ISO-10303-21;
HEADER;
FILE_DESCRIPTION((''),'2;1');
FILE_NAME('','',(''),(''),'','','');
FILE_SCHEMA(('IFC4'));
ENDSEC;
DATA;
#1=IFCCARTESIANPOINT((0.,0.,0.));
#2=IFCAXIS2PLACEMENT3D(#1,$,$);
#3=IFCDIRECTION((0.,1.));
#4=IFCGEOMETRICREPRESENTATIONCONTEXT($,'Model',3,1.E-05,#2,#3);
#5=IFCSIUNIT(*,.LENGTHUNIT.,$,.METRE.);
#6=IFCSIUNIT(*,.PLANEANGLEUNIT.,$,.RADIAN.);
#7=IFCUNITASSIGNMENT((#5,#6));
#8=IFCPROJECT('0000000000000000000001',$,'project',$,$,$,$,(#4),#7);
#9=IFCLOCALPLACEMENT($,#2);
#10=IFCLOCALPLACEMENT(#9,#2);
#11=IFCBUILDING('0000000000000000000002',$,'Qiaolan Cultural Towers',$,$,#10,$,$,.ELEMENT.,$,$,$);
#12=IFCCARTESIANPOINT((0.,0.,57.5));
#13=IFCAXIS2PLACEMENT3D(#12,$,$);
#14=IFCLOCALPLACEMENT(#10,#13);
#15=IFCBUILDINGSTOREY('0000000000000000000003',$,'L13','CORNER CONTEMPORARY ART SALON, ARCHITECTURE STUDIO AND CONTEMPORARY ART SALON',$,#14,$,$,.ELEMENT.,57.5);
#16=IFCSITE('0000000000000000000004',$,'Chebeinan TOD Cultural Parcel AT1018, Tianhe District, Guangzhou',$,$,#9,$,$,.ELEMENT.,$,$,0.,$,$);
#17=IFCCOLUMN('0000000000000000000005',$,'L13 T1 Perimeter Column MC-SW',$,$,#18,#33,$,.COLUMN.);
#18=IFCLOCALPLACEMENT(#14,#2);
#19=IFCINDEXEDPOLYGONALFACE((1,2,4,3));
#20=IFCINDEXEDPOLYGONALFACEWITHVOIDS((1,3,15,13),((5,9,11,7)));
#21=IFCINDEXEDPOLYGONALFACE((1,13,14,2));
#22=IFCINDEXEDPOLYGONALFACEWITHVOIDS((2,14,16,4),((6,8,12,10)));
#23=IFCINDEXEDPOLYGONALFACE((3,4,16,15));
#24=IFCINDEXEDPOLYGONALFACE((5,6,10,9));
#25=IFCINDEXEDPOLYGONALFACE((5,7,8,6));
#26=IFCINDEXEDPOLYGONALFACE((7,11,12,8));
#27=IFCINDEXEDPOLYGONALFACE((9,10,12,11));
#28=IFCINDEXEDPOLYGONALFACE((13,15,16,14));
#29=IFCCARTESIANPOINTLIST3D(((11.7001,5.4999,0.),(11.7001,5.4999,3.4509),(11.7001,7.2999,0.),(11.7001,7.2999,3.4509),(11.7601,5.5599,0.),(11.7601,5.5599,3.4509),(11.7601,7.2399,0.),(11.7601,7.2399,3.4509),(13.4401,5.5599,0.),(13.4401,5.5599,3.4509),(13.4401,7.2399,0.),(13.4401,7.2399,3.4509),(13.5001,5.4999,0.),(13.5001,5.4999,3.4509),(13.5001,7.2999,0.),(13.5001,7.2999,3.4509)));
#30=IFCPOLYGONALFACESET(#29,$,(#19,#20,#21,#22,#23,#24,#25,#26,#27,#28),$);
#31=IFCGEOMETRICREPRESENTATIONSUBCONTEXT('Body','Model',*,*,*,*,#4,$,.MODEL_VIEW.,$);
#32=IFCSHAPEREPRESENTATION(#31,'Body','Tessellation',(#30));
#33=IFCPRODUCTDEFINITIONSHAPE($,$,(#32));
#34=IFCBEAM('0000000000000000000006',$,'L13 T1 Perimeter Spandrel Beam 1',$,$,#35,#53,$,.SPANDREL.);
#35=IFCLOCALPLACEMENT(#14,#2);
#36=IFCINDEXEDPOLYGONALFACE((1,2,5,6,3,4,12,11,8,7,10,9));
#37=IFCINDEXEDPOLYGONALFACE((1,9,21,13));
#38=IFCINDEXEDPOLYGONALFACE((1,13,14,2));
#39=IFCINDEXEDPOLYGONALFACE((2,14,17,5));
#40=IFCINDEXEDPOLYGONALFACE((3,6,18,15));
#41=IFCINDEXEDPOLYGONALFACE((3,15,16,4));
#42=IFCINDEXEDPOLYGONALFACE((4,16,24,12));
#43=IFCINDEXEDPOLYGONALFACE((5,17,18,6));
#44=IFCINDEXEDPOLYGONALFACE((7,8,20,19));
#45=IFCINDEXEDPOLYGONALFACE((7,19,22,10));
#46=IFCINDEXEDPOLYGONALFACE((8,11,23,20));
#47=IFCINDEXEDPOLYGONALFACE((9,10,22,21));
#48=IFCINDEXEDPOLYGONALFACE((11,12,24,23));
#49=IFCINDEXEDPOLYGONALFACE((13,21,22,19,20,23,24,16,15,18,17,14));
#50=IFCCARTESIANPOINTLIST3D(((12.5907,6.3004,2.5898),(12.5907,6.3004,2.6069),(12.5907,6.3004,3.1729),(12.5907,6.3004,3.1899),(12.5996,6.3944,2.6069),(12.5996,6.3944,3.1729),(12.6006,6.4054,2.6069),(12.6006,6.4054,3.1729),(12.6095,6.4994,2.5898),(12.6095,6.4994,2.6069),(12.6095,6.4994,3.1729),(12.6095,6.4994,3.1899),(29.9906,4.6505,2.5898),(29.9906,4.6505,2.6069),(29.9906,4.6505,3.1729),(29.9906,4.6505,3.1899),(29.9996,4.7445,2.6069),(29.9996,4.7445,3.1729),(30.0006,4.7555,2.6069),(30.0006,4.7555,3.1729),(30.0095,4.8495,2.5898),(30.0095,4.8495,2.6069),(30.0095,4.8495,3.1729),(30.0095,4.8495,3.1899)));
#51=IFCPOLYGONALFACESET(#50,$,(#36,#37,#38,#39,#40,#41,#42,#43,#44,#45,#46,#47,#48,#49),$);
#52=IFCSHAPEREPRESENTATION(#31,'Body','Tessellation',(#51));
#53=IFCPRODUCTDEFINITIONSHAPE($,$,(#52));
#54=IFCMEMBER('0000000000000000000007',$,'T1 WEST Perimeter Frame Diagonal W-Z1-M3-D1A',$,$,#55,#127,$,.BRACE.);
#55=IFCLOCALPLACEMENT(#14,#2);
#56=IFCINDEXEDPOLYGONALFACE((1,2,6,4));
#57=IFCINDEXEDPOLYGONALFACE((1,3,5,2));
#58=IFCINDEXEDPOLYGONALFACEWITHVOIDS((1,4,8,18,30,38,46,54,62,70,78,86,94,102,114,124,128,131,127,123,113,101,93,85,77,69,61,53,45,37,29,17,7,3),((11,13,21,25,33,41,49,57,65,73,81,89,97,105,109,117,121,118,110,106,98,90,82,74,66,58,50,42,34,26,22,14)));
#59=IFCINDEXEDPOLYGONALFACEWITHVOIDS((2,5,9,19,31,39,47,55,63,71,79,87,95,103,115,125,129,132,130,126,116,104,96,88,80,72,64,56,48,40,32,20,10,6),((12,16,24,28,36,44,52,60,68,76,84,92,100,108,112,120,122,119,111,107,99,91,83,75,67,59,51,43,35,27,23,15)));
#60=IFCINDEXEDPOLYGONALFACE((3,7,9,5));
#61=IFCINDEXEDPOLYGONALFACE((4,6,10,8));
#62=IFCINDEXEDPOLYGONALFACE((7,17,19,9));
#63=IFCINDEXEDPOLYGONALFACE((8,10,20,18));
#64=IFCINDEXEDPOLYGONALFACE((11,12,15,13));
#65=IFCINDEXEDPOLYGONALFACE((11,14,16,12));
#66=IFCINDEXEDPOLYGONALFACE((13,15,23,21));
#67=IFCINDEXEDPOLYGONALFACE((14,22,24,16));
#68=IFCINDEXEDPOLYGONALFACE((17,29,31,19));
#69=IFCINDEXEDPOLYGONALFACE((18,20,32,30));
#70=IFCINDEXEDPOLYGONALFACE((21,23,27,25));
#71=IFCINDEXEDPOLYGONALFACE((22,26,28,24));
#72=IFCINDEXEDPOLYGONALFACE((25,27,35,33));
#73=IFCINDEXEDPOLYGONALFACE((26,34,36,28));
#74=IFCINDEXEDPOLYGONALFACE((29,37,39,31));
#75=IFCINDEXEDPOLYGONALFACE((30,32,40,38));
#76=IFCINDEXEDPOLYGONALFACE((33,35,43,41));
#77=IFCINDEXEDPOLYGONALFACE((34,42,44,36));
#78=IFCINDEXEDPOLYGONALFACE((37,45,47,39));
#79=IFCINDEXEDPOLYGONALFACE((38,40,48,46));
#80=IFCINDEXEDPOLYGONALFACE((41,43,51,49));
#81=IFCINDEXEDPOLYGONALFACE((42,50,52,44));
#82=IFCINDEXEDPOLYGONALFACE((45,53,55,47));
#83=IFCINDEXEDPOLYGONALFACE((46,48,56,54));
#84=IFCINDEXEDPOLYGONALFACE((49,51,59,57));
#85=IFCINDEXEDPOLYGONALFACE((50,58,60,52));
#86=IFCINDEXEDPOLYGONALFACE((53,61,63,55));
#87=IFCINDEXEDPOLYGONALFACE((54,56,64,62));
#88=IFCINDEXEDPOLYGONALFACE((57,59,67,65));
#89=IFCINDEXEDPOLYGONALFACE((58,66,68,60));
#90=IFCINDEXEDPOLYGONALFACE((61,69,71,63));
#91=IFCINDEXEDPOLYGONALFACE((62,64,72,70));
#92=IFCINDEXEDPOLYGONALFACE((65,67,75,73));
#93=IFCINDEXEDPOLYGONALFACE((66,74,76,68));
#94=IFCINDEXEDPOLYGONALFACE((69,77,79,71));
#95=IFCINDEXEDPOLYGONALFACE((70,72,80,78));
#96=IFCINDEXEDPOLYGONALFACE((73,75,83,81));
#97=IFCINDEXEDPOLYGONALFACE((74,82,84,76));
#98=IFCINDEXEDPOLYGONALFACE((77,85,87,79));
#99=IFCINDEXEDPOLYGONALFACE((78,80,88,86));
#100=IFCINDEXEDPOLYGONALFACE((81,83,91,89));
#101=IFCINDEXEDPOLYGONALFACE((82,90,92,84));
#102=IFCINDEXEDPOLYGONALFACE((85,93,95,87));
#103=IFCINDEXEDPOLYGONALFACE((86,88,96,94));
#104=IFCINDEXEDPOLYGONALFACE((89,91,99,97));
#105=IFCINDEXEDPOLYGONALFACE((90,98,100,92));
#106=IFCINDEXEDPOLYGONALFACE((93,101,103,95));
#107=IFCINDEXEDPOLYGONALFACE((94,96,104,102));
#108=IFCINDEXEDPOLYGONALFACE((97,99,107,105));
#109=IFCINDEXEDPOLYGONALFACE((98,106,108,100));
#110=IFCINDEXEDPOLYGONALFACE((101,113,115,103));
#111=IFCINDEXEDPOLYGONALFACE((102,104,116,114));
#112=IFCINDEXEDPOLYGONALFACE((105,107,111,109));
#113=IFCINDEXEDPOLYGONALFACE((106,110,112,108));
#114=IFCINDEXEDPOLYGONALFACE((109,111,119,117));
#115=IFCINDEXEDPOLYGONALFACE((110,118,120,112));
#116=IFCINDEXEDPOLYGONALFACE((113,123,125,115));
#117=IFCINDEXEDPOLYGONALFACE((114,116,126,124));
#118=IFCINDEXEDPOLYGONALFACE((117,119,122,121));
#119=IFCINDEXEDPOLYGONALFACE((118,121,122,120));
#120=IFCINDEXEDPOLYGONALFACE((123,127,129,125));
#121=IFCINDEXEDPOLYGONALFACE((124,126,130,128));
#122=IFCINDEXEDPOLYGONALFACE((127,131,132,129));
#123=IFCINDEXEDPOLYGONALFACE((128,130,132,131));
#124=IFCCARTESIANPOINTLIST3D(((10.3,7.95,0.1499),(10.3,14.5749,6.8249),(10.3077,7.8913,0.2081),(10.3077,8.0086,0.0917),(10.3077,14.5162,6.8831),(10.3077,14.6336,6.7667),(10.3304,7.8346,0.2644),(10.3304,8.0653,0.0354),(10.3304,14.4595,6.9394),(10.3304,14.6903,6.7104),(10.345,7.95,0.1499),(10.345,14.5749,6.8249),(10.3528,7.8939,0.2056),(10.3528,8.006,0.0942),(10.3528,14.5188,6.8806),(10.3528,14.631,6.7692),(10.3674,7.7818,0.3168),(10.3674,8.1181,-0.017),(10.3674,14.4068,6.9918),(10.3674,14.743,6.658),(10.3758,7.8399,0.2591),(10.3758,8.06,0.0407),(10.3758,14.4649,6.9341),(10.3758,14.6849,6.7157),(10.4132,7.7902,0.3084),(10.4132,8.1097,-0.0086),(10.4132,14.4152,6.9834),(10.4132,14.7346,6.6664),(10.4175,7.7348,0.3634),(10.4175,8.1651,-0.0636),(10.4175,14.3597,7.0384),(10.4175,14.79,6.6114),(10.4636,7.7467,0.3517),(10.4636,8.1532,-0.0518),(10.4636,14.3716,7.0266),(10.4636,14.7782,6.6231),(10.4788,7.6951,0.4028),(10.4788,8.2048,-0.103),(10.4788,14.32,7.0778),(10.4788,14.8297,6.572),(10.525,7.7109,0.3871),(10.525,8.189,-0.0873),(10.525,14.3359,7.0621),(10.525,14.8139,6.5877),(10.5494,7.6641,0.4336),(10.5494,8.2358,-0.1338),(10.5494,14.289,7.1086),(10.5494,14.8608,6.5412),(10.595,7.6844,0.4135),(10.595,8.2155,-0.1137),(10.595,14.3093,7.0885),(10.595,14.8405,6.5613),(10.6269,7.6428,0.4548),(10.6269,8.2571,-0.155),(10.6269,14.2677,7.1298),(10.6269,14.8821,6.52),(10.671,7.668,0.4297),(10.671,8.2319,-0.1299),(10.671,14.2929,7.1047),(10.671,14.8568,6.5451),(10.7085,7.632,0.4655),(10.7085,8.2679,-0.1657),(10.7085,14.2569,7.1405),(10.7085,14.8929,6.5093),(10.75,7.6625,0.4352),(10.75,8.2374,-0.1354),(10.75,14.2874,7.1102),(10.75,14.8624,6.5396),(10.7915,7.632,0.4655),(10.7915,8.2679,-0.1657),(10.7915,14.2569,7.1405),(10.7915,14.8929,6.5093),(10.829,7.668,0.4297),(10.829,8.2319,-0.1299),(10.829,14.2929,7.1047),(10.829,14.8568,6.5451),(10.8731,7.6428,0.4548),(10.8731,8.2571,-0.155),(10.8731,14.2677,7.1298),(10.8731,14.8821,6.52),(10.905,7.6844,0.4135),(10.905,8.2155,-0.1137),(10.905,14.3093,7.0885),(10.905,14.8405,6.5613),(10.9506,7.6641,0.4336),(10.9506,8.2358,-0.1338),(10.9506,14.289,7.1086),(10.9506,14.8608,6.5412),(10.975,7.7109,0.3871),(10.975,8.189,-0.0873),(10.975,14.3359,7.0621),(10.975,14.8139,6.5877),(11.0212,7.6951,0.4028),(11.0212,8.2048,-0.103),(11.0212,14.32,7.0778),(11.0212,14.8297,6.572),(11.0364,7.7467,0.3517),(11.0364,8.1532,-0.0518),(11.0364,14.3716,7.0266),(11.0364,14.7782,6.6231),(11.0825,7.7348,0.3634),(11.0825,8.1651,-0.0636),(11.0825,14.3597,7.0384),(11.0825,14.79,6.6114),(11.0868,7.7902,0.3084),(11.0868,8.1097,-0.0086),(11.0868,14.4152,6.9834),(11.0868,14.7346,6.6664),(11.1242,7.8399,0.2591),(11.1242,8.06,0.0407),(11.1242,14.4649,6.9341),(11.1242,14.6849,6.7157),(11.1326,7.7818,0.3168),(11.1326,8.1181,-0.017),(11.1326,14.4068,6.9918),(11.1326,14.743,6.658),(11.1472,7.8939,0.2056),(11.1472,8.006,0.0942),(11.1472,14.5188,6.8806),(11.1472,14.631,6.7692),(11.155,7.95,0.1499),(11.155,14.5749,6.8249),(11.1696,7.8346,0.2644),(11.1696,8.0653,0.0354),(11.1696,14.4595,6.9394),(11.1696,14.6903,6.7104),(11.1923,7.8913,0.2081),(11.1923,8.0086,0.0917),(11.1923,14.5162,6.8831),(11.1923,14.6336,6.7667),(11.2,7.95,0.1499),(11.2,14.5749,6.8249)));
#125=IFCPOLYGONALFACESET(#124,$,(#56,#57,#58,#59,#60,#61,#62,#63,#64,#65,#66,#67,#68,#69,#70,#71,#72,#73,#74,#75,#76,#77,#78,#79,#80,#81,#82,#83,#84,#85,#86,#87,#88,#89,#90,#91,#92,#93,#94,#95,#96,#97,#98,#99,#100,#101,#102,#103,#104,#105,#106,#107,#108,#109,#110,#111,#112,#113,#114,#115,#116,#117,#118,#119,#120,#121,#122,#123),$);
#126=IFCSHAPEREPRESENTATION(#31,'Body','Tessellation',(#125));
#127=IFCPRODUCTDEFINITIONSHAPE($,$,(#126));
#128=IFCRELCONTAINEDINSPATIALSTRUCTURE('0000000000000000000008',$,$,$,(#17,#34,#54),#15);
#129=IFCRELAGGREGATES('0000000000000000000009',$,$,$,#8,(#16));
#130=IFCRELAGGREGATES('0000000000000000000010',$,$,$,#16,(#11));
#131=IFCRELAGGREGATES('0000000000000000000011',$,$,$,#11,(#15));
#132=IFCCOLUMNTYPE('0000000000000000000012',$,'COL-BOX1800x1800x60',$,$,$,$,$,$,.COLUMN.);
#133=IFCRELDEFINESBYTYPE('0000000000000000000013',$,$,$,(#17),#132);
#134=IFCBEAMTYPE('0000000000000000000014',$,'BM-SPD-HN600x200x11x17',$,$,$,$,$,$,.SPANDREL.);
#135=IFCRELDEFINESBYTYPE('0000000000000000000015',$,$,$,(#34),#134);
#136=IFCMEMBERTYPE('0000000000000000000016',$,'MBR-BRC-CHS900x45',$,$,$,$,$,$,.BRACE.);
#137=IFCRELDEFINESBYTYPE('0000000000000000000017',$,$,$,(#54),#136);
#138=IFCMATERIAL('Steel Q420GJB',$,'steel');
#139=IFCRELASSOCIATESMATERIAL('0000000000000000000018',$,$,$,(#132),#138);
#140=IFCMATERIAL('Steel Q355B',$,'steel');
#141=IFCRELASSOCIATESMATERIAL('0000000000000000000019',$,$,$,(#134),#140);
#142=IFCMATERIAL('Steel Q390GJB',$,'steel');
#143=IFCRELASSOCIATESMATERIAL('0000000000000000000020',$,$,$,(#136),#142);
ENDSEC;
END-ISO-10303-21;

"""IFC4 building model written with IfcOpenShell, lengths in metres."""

from ifc_helpers import new_model, si_unit, direction, frame, origin, origin_2d, place, context, subcontext, project, spatial, hollow_rectangle, hollow_circle, i_section, extrude, material, material_profile, profile_set, type_object, element, save


model = new_model("IFC4")

# Units and contexts
model_context = context("Model", 3, precision=1e-05, world=origin(), true_north=direction((0.0, 1.0)))
body_context = subcontext(model_context, "Body", "Model", "MODEL_VIEW")
ifc_project = project(units=[si_unit("LENGTHUNIT", "METRE"), si_unit("PLANEANGLEUNIT", "RADIAN")], contexts=[model_context])

# Site, building, storey
site_placement = place(None, origin())
site = spatial("IfcSite", under=ifc_project, at=site_placement, Name="Chebeinan TOD Cultural Parcel AT1018, Tianhe District, Guangzhou", CompositionType="ELEMENT", RefElevation=0.0)
building_placement = place(site_placement, origin())
building = spatial("IfcBuilding", under=site, at=building_placement, Name="Qiaolan Cultural Towers", CompositionType="ELEMENT")
storey_placement = place(building_placement, frame((0.0, 0.0, 57.5)))
storey = spatial("IfcBuildingStorey", under=building, at=storey_placement, Name="L13", Description="CORNER CONTEMPORARY ART SALON, ARCHITECTURE STUDIO AND CONTEMPORARY ART SALON", CompositionType="ELEMENT", Elevation=57.5)

# Column
ifc_material_1 = material(Name="Steel Q420GJB", Category="steel")
ifc_material_profile_1 = material_profile(ifc_material_1, hollow_rectangle(XDim=1.8, YDim=1.8, WallThickness=0.0601, at=origin_2d()), Name="BOX1800x1800x60")
ifc_profile_set_1 = profile_set([ifc_material_profile_1], Name="Steel Q420GJB")
column_type = type_object("IfcColumnType", Name="COL-BOX1800x1800x60", PredefinedType="COLUMN", material=ifc_profile_set_1)
column_placement = place(storey_placement, frame((12.6001, 6.3999, 0.0), z_axis=(0.0, 0.0, 1.0), x_axis=(1.0, 0.0, 0.0)))
element("IfcColumn", 1, at=column_placement, inside=storey, type_object=column_type, Name="L13 T1 Perimeter Column MC-SW", PredefinedType="COLUMN", context=body_context, shape_type="SweptSolid", body=[
    extrude(hollow_rectangle(XDim=1.8, YDim=1.8, WallThickness=0.0601, at=origin_2d()), origin(), (0.0, 0.0, 1.0), 3.4509),
])

# Beam
ifc_material_2 = material(Name="Steel Q355B", Category="steel")
ifc_material_profile_2 = material_profile(ifc_material_2, i_section(OverallWidth=0.2, OverallDepth=0.6001, WebThickness=0.011, FlangeThickness=0.0171, at=origin_2d()), Name="HN600x200x11x17")
ifc_profile_set_2 = profile_set([ifc_material_profile_2], Name="Steel Q355B")
beam_type = type_object("IfcBeamType", Name="BM-SPD-HN600x200x11x17", PredefinedType="SPANDREL", material=ifc_profile_set_2)
beam_placement = place(storey_placement, frame((12.6001, 6.3999, 2.8899), z_axis=(0.995534, -0.094399, 0.0), x_axis=(0.094399, 0.995534, 0.0)))
element("IfcBeam", 2, at=beam_placement, inside=storey, type_object=beam_type, Name="L13 T1 Perimeter Spandrel Beam 1", PredefinedType="SPANDREL", context=body_context, shape_type="SweptSolid", body=[
    extrude(i_section(OverallWidth=0.2, OverallDepth=0.6001, WebThickness=0.011, FlangeThickness=0.0171, at=origin_2d()), origin(), (0.0, 0.0, 1.0), 17.478),
])

# Member
ifc_material_3 = material(Name="Steel Q390GJB", Category="steel")
ifc_material_profile_3 = material_profile(ifc_material_3, hollow_circle(Radius=0.45, WallThickness=0.0449, at=origin_2d()), Name="CHS900x45")
ifc_profile_set_3 = profile_set([ifc_material_profile_3], Name="Steel Q390GJB")
member_type = type_object("IfcMemberType", Name="MBR-BRC-CHS900x45", PredefinedType="BRACE", material=ifc_profile_set_3)
member_1_placement = place(storey_placement, frame((10.75, 7.95, 0.1499), z_axis=(0.0, 0.704441, 0.709763), x_axis=(-1.0, 0.0, 0.0)))
element("IfcMember", 3, at=member_1_placement, inside=storey, type_object=member_type, Name="T1 WEST Perimeter Frame Diagonal W-Z1-M3-D1A", PredefinedType="BRACE", context=body_context, shape_type="SweptSolid", body=[
    extrude(hollow_circle(Radius=0.45, WallThickness=0.0449, at=origin_2d()), origin(), (0.0, 0.0, 1.0), 9.4045),
])

save(model, "model.ifc")
